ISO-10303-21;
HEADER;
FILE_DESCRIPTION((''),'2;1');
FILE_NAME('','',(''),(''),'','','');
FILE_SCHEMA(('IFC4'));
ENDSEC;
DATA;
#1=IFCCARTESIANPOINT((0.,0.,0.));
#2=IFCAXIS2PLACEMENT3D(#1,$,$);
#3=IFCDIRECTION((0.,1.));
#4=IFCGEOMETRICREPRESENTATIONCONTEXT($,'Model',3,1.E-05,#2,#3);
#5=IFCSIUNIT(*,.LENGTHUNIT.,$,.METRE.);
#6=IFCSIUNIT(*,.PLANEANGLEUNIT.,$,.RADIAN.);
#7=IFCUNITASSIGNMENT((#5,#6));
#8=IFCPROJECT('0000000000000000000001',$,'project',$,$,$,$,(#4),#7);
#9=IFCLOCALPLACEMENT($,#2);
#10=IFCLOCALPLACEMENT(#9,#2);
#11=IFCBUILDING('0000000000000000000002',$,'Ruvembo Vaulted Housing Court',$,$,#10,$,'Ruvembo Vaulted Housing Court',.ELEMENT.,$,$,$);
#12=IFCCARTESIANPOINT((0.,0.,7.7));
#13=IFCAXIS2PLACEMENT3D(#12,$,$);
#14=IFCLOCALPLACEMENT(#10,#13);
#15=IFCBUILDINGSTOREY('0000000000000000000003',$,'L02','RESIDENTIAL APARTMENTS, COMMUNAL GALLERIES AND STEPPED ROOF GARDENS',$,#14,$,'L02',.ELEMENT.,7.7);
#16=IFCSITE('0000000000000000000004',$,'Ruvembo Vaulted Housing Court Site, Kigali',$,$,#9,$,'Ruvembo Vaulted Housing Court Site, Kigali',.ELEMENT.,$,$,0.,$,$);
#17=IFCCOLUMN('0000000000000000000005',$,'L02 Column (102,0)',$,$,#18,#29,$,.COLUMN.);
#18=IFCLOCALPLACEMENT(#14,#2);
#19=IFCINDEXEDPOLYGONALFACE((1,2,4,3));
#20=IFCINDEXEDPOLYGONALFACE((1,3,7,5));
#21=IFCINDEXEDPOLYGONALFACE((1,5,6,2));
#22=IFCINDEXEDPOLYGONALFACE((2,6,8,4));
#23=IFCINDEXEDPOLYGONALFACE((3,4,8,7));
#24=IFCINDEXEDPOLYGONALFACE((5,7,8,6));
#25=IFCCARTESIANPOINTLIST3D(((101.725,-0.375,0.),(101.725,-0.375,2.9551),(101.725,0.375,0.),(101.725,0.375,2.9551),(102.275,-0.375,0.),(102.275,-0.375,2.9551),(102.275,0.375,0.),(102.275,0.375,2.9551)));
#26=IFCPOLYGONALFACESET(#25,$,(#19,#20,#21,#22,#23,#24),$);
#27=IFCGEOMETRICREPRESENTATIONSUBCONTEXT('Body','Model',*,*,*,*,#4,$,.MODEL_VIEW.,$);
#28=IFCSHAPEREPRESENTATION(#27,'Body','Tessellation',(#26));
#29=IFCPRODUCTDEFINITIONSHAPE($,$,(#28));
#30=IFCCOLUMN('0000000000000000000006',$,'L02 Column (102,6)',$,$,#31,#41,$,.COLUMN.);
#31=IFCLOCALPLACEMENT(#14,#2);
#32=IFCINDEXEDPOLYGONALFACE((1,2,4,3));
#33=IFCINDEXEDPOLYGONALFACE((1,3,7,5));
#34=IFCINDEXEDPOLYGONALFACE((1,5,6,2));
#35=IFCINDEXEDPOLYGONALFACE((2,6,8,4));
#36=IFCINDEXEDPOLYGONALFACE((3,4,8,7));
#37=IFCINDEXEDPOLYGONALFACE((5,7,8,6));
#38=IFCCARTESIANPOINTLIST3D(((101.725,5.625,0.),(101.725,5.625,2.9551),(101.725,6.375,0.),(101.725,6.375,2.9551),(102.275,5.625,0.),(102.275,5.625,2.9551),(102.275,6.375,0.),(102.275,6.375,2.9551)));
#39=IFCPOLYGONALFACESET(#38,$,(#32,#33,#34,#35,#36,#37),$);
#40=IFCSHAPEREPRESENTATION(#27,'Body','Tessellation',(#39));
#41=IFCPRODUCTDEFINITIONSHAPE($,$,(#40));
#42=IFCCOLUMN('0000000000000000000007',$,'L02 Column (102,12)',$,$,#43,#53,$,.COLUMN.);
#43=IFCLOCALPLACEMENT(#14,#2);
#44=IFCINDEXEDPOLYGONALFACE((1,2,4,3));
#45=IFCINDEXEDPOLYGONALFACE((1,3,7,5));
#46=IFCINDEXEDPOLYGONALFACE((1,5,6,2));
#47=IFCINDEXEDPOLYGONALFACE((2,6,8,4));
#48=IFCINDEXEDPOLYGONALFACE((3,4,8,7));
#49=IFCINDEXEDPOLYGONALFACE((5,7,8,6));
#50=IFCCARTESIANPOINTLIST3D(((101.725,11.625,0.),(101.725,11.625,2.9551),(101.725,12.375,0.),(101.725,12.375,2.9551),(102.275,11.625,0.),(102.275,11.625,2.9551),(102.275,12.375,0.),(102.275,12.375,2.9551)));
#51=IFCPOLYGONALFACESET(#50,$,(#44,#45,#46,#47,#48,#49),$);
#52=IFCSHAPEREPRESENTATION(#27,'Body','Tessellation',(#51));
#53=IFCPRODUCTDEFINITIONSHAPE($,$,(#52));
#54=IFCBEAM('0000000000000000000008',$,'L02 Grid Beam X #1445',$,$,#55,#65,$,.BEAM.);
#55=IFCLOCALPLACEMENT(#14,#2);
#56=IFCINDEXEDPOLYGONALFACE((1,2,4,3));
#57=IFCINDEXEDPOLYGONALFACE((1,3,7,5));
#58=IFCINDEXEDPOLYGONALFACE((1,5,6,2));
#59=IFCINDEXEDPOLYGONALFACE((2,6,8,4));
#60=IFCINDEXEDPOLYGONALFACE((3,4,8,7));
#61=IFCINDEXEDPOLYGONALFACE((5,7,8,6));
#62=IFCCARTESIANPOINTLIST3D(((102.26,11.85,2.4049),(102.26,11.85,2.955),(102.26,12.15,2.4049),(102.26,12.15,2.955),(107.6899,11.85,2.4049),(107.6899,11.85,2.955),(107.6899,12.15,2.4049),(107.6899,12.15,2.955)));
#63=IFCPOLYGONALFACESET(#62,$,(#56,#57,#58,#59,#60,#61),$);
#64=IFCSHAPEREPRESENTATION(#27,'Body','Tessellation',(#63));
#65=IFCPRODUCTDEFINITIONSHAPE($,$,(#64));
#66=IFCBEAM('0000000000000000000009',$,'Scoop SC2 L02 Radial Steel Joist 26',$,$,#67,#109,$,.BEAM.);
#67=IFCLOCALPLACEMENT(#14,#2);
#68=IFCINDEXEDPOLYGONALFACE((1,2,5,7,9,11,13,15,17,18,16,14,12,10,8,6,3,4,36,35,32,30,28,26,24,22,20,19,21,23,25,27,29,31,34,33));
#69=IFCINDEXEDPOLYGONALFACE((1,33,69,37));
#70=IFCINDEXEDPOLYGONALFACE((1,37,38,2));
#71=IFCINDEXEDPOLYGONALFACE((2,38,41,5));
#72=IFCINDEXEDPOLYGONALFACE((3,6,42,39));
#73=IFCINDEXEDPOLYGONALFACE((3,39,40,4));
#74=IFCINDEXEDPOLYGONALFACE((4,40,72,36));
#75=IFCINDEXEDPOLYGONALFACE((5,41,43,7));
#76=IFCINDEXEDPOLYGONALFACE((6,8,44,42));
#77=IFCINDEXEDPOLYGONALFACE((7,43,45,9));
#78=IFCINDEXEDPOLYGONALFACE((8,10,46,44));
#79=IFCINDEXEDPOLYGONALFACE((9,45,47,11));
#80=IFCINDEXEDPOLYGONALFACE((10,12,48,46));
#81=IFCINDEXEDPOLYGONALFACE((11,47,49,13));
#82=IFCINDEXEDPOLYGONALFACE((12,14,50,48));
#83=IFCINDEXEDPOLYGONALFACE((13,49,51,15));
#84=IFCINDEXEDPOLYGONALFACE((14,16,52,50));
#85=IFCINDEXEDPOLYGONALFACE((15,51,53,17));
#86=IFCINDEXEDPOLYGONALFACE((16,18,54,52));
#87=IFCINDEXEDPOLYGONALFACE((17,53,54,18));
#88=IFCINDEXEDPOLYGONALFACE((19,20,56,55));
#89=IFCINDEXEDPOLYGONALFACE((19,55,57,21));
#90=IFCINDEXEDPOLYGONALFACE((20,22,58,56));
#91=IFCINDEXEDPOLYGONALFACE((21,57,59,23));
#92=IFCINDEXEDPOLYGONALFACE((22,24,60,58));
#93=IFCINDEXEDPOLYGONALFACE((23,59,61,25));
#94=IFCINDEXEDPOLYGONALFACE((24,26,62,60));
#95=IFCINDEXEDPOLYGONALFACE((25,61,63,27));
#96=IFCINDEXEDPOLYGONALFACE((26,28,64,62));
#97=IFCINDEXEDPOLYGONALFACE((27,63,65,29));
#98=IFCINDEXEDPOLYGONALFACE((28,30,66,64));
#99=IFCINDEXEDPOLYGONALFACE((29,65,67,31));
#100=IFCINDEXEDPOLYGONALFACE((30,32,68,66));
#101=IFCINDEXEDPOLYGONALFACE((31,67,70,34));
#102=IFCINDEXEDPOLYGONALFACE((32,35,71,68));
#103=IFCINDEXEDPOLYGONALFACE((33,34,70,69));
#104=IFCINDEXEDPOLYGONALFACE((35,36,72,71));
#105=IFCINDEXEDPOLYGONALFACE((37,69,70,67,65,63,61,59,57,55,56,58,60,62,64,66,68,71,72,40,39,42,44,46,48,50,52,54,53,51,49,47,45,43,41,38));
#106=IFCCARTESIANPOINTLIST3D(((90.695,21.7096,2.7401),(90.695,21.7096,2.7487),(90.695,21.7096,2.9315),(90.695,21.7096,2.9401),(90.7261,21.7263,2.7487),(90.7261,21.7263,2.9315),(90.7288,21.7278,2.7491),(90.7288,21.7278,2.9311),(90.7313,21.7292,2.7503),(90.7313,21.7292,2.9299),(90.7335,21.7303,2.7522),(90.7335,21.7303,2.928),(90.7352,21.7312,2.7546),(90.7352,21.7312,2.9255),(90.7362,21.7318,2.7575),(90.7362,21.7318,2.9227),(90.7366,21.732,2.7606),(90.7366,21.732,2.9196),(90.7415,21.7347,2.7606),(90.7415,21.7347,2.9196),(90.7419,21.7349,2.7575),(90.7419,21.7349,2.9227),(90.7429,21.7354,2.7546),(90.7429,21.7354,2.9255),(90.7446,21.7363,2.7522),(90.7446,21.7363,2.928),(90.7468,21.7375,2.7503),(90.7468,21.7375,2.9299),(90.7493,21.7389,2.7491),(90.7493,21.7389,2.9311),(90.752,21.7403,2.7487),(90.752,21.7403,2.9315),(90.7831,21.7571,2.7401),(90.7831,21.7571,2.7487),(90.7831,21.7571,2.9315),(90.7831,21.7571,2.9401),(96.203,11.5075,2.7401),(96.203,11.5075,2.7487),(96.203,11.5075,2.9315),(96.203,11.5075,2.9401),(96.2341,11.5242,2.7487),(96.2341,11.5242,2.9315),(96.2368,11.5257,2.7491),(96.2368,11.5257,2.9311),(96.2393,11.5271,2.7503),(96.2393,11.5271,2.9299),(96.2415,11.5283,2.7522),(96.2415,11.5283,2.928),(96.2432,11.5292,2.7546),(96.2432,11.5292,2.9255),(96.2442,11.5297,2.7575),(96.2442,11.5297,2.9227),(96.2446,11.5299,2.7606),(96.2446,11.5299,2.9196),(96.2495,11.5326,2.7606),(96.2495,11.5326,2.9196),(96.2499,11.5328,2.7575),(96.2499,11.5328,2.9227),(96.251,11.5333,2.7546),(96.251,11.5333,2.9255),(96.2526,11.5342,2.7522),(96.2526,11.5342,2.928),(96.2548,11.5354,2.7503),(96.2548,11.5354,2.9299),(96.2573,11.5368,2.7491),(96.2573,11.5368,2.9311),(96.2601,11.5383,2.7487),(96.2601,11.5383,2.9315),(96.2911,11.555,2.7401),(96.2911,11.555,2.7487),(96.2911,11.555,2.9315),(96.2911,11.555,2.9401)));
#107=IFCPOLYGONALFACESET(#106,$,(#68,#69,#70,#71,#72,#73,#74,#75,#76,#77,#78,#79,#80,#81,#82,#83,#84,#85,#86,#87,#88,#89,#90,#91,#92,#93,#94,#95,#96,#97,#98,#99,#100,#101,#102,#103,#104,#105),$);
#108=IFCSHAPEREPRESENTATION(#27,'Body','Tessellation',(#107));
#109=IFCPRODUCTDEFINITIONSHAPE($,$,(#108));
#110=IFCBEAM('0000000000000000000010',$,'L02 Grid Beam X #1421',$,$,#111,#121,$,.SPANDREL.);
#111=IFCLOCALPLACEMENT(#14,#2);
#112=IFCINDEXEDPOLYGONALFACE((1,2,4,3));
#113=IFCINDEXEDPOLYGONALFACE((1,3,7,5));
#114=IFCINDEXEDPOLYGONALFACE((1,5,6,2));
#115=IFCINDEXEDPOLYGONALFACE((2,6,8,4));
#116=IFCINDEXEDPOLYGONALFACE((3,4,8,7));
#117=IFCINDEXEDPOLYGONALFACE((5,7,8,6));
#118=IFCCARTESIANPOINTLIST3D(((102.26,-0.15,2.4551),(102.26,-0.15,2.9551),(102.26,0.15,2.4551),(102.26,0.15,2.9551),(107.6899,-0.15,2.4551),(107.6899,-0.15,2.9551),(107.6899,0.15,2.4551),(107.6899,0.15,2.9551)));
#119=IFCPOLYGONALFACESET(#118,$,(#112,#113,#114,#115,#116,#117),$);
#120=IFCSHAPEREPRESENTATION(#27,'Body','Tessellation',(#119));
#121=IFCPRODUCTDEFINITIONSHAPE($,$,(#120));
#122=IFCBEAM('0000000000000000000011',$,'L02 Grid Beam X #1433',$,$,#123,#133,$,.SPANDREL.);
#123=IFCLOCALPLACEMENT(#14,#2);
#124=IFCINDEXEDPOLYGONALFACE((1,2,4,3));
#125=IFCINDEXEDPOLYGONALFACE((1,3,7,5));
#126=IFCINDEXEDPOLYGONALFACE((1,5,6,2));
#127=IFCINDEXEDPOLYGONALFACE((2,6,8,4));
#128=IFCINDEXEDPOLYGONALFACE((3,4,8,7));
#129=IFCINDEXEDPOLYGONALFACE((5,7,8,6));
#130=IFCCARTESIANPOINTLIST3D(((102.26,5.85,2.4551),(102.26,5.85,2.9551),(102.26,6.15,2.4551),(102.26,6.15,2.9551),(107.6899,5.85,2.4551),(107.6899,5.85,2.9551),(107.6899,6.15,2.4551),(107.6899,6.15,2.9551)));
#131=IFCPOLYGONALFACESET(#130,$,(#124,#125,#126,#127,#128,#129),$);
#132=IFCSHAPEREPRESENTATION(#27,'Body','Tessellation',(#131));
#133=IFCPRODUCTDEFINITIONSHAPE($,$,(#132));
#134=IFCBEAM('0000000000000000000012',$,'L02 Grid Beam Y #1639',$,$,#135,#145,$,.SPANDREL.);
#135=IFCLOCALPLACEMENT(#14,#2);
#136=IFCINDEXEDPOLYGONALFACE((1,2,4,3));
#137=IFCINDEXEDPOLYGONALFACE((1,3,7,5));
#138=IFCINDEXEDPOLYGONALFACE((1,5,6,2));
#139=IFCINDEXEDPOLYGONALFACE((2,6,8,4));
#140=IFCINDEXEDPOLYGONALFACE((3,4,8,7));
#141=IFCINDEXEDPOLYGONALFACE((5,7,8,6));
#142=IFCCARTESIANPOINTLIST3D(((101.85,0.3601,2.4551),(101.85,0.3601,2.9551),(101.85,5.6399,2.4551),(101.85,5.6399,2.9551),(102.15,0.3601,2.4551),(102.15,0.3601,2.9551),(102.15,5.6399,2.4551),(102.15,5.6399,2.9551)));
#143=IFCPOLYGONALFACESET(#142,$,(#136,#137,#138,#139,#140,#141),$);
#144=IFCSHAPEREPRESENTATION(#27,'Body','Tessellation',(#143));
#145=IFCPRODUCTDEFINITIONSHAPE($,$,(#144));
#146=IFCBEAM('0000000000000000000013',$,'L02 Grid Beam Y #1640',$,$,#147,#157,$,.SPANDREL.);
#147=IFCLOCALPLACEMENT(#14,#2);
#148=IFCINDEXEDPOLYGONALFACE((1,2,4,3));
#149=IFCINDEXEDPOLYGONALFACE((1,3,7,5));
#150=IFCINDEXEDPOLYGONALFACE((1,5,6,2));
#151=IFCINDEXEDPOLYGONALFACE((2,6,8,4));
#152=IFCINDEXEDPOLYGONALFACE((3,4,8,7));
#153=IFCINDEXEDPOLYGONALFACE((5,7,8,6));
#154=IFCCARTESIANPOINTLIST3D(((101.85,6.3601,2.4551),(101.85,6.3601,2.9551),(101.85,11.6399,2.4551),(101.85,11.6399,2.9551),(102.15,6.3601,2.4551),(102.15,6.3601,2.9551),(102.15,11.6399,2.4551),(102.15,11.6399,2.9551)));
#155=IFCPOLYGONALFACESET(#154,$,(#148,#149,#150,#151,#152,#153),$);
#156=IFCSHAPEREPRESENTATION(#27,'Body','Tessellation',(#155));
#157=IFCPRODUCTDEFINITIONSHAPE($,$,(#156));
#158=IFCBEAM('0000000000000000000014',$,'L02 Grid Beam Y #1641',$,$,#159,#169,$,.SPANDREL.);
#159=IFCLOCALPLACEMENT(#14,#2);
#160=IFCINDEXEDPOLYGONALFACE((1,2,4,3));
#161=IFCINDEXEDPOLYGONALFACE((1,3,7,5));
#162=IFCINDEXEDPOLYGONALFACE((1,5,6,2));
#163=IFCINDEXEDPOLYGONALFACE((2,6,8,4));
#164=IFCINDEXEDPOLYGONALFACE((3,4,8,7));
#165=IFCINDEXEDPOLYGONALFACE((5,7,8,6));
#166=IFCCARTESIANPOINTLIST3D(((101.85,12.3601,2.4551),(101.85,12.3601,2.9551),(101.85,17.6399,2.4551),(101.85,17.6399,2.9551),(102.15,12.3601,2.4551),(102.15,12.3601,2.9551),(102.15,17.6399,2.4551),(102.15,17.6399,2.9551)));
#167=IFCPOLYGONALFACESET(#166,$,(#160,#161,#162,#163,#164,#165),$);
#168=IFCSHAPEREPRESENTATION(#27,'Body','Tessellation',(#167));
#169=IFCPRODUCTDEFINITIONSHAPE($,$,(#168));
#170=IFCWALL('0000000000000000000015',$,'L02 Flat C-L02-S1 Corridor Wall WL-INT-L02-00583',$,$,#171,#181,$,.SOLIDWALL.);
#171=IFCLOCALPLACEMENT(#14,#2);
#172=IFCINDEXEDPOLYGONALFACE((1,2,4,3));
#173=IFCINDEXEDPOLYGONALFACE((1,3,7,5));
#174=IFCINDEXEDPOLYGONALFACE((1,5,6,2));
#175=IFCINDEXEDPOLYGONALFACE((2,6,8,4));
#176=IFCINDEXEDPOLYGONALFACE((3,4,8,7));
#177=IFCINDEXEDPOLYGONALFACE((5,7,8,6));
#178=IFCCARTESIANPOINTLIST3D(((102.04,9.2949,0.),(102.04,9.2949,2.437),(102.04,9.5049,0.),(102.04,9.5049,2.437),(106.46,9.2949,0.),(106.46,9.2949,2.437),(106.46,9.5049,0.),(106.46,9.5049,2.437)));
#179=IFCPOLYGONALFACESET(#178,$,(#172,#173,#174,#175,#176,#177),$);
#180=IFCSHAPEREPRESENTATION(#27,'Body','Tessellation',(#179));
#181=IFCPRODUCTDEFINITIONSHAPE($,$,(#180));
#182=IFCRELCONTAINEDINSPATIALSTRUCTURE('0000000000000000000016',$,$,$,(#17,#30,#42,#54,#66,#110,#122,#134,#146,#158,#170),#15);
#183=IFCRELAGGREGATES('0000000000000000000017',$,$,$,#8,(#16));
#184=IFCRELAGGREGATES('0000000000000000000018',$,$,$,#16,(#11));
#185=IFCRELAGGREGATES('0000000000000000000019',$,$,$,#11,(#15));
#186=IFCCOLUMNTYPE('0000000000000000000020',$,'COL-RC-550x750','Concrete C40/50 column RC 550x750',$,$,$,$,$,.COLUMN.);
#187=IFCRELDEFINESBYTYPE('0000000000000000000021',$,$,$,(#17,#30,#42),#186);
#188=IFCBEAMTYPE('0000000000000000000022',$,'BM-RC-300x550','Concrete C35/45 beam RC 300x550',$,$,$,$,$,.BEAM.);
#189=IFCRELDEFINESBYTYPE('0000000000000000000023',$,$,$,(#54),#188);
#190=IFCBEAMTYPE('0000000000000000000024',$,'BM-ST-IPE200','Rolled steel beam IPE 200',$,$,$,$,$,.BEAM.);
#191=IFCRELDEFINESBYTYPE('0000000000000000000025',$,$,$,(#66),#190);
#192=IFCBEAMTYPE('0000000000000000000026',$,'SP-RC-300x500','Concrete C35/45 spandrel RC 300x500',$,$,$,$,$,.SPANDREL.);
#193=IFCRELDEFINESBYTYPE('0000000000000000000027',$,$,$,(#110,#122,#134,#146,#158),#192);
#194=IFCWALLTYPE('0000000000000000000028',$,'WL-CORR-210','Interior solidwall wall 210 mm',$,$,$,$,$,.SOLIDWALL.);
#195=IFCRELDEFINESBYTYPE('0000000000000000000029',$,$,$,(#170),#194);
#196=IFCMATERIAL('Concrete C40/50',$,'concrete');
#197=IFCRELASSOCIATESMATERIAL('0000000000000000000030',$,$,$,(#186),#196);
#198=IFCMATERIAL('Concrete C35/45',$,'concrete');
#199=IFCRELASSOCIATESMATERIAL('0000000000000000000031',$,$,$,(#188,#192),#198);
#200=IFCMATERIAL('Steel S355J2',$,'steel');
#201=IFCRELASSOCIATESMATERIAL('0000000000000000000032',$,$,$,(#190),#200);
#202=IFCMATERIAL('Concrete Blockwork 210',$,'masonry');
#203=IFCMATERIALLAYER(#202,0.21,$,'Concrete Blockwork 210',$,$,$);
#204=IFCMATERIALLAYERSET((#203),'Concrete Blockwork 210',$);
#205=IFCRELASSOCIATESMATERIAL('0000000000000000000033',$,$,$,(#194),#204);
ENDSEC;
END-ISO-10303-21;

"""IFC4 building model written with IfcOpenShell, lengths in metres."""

from ifc_helpers import new_model, si_unit, direction, frame, frame_2d, origin, origin_2d, place, context, subcontext, project, spatial, rectangle, i_section, extrude, material, layer, layer_set, material_profile, profile_set, type_object, element, save


model = new_model("IFC4")

# Units and contexts
model_context = context("Model", 3, precision=1e-05, world=origin(), true_north=direction((0.0, 1.0)))
body_context = subcontext(model_context, "Body", "Model", "MODEL_VIEW")
ifc_project = project(units=[si_unit("LENGTHUNIT", "METRE"), si_unit("PLANEANGLEUNIT", "RADIAN")], contexts=[model_context])

# Site, building, storey
site_placement = place(None, origin())
site = spatial("IfcSite", under=ifc_project, at=site_placement, Name="Ruvembo Vaulted Housing Court Site, Kigali", LongName="Ruvembo Vaulted Housing Court Site, Kigali", CompositionType="ELEMENT", RefElevation=0.0)
building_placement = place(site_placement, origin())
building = spatial("IfcBuilding", under=site, at=building_placement, Name="Ruvembo Vaulted Housing Court", LongName="Ruvembo Vaulted Housing Court", CompositionType="ELEMENT")
storey_placement = place(building_placement, frame((0.0, 0.0, 7.7)))
storey = spatial("IfcBuildingStorey", under=building, at=storey_placement, Name="L02", Description="RESIDENTIAL APARTMENTS, COMMUNAL GALLERIES AND STEPPED ROOF GARDENS", LongName="L02", CompositionType="ELEMENT", Elevation=7.7)

# Columns
ifc_material_1 = material(Name="Concrete C40/50", Category="concrete")
ifc_material_profile_1 = material_profile(ifc_material_1, rectangle(XDim=0.55, YDim=0.75, at=origin_2d()), Name="RC 550x750")
ifc_profile_set_1 = profile_set([ifc_material_profile_1], Name="Concrete C40/50")
column_type = type_object("IfcColumnType", Name="COL-RC-550x750", Description="Concrete C40/50 column RC 550x750", PredefinedType="COLUMN", material=ifc_profile_set_1)
for number, where, z_axis, x_axis, name in (
    (1, (102.0, 0.0, 0.0), (0.0, 0.0, 1.0), (1.0, 0.0, 0.0), "L02 Column (102,0)"),
    (2, (102.0, 6.0, 0.0), (0.0, 0.0, 1.0), (1.0, 0.0, 0.0), "L02 Column (102,6)"),
    (3, (102.0, 12.0, 0.0), (0.0, 0.0, 1.0), (1.0, 0.0, 0.0), "L02 Column (102,12)"),
):
    element("IfcColumn", number, at=place(storey_placement, frame(where, z_axis=z_axis, x_axis=x_axis)), inside=storey, type_object=column_type, Name=name, PredefinedType="COLUMN", context=body_context, shape_type="SweptSolid", body=[
        extrude(rectangle(XDim=0.55, YDim=0.75, at=origin_2d()), origin(), (0.0, 0.0, 1.0), 2.9551),
    ])

# Beams
ifc_material_2 = material(Name="Concrete C35/45", Category="concrete")
ifc_material_profile_2 = material_profile(ifc_material_2, rectangle(XDim=0.3, YDim=0.55, at=origin_2d()), Name="RC 300x550")
ifc_profile_set_2 = profile_set([ifc_material_profile_2], Name="Concrete C35/45")
beam_type_1 = type_object("IfcBeamType", Name="BM-RC-300x550", Description="Concrete C35/45 beam RC 300x550", PredefinedType="BEAM", material=ifc_profile_set_2)
beam_1_placement = place(storey_placement, frame((102.26, 12.0, 2.6799), z_axis=(1.0, 0.0, 0.0), x_axis=(0.0, 1.0, 0.0)))
element("IfcBeam", 4, at=beam_1_placement, inside=storey, type_object=beam_type_1, Name="L02 Grid Beam X #1445", PredefinedType="BEAM", context=body_context, shape_type="SweptSolid", body=[
    extrude(rectangle(XDim=0.3, YDim=0.55, at=origin_2d()), origin(), (0.0, 0.0, 1.0), 5.4299),
])
ifc_material_3 = material(Name="Steel S355J2", Category="steel")
ifc_material_profile_3 = material_profile(ifc_material_3, i_section(OverallWidth=0.1001, OverallDepth=0.2, WebThickness=0.0056, FlangeThickness=0.0085, FilletRadius=0.012, at=origin_2d()), Name="IPE 200")
ifc_profile_set_3 = profile_set([ifc_material_profile_3], Name="Steel S355J2")
beam_type_2 = type_object("IfcBeamType", Name="BM-ST-IPE200", Description="Rolled steel beam IPE 200", PredefinedType="BEAM", material=ifc_profile_set_3)
beam_2_placement = place(storey_placement, frame((96.2471, 11.5312, 2.8401), z_axis=(-0.475075, 0.879945, 0.0), x_axis=(-0.879945, -0.475075, 0.0)))
element("IfcBeam", 5, at=beam_2_placement, inside=storey, type_object=beam_type_2, Name="Scoop SC2 L02 Radial Steel Joist 26", PredefinedType="BEAM", context=body_context, shape_type="SweptSolid", body=[
    extrude(i_section(OverallWidth=0.1001, OverallDepth=0.2, WebThickness=0.0056, FlangeThickness=0.0085, FilletRadius=0.012, at=origin_2d()), origin(), (0.0, 0.0, 1.0), 11.594),
])
ifc_material_profile_4 = material_profile(ifc_material_2, rectangle(XDim=0.3, YDim=0.5, at=origin_2d()), Name="RC 300x500")
ifc_profile_set_4 = profile_set([ifc_material_profile_4], Name="Concrete C35/45")
beam_type_3 = type_object("IfcBeamType", Name="SP-RC-300x500", Description="Concrete C35/45 spandrel RC 300x500", PredefinedType="SPANDREL", material=ifc_profile_set_4)
for number, where, z_axis, x_axis, name in (
    (6, (102.26, 0.0, 2.7051), (1.0, 0.0, 0.0), (0.0, 1.0, 0.0), "L02 Grid Beam X #1421"),
    (7, (102.26, 6.0, 2.7051), (1.0, 0.0, 0.0), (0.0, 1.0, 0.0), "L02 Grid Beam X #1433"),
):
    element("IfcBeam", number, at=place(storey_placement, frame(where, z_axis=z_axis, x_axis=x_axis)), inside=storey, type_object=beam_type_3, Name=name, PredefinedType="SPANDREL", context=body_context, shape_type="SweptSolid", body=[
        extrude(rectangle(XDim=0.3, YDim=0.5, at=origin_2d()), origin(), (0.0, 0.0, 1.0), 5.4299),
    ])
for number, where, z_axis, x_axis, name in (
    (8, (102.0, 0.3601, 2.7051), (0.0, 1.0, 0.0), (-1.0, 0.0, 0.0), "L02 Grid Beam Y #1639"),
    (9, (102.0, 6.3601, 2.7051), (0.0, 1.0, 0.0), (-1.0, 0.0, 0.0), "L02 Grid Beam Y #1640"),
    (10, (102.0, 12.3601, 2.7051), (0.0, 1.0, 0.0), (-1.0, 0.0, 0.0), "L02 Grid Beam Y #1641"),
):
    element("IfcBeam", number, at=place(storey_placement, frame(where, z_axis=z_axis, x_axis=x_axis)), inside=storey, type_object=beam_type_3, Name=name, PredefinedType="SPANDREL", context=body_context, shape_type="SweptSolid", body=[
        extrude(rectangle(XDim=0.3, YDim=0.5, at=origin_2d()), origin(), (0.0, 0.0, 1.0), 5.2798),
    ])

# Wall
ifc_material_4 = material(Name="Concrete Blockwork 210", Category="masonry")
ifc_layer_1 = layer(ifc_material_4, 0.21, Name="Concrete Blockwork 210")
ifc_layer_set_1 = layer_set([ifc_layer_1], Name="Concrete Blockwork 210")
wall_type_1 = type_object("IfcWallType", Name="WL-CORR-210", Description="Interior solidwall wall 210 mm", PredefinedType="SOLIDWALL", material=ifc_layer_set_1)
wall_1_placement = place(storey_placement, frame((102.04, 9.3999, 0.0), z_axis=(0.0, 0.0, 1.0), x_axis=(1.0, 0.0, 0.0)))
element("IfcWall", 11, at=wall_1_placement, inside=storey, type_object=wall_type_1, Name="L02 Flat C-L02-S1 Corridor Wall WL-INT-L02-00583", PredefinedType="SOLIDWALL", context=body_context, shape_type="SweptSolid", body=[
    extrude(rectangle(XDim=4.4199, YDim=0.21, at=frame_2d((2.21, 0.0))), origin(), (0.0, 0.0, 1.0), 2.437),
])

save(model, "model.ifc")
